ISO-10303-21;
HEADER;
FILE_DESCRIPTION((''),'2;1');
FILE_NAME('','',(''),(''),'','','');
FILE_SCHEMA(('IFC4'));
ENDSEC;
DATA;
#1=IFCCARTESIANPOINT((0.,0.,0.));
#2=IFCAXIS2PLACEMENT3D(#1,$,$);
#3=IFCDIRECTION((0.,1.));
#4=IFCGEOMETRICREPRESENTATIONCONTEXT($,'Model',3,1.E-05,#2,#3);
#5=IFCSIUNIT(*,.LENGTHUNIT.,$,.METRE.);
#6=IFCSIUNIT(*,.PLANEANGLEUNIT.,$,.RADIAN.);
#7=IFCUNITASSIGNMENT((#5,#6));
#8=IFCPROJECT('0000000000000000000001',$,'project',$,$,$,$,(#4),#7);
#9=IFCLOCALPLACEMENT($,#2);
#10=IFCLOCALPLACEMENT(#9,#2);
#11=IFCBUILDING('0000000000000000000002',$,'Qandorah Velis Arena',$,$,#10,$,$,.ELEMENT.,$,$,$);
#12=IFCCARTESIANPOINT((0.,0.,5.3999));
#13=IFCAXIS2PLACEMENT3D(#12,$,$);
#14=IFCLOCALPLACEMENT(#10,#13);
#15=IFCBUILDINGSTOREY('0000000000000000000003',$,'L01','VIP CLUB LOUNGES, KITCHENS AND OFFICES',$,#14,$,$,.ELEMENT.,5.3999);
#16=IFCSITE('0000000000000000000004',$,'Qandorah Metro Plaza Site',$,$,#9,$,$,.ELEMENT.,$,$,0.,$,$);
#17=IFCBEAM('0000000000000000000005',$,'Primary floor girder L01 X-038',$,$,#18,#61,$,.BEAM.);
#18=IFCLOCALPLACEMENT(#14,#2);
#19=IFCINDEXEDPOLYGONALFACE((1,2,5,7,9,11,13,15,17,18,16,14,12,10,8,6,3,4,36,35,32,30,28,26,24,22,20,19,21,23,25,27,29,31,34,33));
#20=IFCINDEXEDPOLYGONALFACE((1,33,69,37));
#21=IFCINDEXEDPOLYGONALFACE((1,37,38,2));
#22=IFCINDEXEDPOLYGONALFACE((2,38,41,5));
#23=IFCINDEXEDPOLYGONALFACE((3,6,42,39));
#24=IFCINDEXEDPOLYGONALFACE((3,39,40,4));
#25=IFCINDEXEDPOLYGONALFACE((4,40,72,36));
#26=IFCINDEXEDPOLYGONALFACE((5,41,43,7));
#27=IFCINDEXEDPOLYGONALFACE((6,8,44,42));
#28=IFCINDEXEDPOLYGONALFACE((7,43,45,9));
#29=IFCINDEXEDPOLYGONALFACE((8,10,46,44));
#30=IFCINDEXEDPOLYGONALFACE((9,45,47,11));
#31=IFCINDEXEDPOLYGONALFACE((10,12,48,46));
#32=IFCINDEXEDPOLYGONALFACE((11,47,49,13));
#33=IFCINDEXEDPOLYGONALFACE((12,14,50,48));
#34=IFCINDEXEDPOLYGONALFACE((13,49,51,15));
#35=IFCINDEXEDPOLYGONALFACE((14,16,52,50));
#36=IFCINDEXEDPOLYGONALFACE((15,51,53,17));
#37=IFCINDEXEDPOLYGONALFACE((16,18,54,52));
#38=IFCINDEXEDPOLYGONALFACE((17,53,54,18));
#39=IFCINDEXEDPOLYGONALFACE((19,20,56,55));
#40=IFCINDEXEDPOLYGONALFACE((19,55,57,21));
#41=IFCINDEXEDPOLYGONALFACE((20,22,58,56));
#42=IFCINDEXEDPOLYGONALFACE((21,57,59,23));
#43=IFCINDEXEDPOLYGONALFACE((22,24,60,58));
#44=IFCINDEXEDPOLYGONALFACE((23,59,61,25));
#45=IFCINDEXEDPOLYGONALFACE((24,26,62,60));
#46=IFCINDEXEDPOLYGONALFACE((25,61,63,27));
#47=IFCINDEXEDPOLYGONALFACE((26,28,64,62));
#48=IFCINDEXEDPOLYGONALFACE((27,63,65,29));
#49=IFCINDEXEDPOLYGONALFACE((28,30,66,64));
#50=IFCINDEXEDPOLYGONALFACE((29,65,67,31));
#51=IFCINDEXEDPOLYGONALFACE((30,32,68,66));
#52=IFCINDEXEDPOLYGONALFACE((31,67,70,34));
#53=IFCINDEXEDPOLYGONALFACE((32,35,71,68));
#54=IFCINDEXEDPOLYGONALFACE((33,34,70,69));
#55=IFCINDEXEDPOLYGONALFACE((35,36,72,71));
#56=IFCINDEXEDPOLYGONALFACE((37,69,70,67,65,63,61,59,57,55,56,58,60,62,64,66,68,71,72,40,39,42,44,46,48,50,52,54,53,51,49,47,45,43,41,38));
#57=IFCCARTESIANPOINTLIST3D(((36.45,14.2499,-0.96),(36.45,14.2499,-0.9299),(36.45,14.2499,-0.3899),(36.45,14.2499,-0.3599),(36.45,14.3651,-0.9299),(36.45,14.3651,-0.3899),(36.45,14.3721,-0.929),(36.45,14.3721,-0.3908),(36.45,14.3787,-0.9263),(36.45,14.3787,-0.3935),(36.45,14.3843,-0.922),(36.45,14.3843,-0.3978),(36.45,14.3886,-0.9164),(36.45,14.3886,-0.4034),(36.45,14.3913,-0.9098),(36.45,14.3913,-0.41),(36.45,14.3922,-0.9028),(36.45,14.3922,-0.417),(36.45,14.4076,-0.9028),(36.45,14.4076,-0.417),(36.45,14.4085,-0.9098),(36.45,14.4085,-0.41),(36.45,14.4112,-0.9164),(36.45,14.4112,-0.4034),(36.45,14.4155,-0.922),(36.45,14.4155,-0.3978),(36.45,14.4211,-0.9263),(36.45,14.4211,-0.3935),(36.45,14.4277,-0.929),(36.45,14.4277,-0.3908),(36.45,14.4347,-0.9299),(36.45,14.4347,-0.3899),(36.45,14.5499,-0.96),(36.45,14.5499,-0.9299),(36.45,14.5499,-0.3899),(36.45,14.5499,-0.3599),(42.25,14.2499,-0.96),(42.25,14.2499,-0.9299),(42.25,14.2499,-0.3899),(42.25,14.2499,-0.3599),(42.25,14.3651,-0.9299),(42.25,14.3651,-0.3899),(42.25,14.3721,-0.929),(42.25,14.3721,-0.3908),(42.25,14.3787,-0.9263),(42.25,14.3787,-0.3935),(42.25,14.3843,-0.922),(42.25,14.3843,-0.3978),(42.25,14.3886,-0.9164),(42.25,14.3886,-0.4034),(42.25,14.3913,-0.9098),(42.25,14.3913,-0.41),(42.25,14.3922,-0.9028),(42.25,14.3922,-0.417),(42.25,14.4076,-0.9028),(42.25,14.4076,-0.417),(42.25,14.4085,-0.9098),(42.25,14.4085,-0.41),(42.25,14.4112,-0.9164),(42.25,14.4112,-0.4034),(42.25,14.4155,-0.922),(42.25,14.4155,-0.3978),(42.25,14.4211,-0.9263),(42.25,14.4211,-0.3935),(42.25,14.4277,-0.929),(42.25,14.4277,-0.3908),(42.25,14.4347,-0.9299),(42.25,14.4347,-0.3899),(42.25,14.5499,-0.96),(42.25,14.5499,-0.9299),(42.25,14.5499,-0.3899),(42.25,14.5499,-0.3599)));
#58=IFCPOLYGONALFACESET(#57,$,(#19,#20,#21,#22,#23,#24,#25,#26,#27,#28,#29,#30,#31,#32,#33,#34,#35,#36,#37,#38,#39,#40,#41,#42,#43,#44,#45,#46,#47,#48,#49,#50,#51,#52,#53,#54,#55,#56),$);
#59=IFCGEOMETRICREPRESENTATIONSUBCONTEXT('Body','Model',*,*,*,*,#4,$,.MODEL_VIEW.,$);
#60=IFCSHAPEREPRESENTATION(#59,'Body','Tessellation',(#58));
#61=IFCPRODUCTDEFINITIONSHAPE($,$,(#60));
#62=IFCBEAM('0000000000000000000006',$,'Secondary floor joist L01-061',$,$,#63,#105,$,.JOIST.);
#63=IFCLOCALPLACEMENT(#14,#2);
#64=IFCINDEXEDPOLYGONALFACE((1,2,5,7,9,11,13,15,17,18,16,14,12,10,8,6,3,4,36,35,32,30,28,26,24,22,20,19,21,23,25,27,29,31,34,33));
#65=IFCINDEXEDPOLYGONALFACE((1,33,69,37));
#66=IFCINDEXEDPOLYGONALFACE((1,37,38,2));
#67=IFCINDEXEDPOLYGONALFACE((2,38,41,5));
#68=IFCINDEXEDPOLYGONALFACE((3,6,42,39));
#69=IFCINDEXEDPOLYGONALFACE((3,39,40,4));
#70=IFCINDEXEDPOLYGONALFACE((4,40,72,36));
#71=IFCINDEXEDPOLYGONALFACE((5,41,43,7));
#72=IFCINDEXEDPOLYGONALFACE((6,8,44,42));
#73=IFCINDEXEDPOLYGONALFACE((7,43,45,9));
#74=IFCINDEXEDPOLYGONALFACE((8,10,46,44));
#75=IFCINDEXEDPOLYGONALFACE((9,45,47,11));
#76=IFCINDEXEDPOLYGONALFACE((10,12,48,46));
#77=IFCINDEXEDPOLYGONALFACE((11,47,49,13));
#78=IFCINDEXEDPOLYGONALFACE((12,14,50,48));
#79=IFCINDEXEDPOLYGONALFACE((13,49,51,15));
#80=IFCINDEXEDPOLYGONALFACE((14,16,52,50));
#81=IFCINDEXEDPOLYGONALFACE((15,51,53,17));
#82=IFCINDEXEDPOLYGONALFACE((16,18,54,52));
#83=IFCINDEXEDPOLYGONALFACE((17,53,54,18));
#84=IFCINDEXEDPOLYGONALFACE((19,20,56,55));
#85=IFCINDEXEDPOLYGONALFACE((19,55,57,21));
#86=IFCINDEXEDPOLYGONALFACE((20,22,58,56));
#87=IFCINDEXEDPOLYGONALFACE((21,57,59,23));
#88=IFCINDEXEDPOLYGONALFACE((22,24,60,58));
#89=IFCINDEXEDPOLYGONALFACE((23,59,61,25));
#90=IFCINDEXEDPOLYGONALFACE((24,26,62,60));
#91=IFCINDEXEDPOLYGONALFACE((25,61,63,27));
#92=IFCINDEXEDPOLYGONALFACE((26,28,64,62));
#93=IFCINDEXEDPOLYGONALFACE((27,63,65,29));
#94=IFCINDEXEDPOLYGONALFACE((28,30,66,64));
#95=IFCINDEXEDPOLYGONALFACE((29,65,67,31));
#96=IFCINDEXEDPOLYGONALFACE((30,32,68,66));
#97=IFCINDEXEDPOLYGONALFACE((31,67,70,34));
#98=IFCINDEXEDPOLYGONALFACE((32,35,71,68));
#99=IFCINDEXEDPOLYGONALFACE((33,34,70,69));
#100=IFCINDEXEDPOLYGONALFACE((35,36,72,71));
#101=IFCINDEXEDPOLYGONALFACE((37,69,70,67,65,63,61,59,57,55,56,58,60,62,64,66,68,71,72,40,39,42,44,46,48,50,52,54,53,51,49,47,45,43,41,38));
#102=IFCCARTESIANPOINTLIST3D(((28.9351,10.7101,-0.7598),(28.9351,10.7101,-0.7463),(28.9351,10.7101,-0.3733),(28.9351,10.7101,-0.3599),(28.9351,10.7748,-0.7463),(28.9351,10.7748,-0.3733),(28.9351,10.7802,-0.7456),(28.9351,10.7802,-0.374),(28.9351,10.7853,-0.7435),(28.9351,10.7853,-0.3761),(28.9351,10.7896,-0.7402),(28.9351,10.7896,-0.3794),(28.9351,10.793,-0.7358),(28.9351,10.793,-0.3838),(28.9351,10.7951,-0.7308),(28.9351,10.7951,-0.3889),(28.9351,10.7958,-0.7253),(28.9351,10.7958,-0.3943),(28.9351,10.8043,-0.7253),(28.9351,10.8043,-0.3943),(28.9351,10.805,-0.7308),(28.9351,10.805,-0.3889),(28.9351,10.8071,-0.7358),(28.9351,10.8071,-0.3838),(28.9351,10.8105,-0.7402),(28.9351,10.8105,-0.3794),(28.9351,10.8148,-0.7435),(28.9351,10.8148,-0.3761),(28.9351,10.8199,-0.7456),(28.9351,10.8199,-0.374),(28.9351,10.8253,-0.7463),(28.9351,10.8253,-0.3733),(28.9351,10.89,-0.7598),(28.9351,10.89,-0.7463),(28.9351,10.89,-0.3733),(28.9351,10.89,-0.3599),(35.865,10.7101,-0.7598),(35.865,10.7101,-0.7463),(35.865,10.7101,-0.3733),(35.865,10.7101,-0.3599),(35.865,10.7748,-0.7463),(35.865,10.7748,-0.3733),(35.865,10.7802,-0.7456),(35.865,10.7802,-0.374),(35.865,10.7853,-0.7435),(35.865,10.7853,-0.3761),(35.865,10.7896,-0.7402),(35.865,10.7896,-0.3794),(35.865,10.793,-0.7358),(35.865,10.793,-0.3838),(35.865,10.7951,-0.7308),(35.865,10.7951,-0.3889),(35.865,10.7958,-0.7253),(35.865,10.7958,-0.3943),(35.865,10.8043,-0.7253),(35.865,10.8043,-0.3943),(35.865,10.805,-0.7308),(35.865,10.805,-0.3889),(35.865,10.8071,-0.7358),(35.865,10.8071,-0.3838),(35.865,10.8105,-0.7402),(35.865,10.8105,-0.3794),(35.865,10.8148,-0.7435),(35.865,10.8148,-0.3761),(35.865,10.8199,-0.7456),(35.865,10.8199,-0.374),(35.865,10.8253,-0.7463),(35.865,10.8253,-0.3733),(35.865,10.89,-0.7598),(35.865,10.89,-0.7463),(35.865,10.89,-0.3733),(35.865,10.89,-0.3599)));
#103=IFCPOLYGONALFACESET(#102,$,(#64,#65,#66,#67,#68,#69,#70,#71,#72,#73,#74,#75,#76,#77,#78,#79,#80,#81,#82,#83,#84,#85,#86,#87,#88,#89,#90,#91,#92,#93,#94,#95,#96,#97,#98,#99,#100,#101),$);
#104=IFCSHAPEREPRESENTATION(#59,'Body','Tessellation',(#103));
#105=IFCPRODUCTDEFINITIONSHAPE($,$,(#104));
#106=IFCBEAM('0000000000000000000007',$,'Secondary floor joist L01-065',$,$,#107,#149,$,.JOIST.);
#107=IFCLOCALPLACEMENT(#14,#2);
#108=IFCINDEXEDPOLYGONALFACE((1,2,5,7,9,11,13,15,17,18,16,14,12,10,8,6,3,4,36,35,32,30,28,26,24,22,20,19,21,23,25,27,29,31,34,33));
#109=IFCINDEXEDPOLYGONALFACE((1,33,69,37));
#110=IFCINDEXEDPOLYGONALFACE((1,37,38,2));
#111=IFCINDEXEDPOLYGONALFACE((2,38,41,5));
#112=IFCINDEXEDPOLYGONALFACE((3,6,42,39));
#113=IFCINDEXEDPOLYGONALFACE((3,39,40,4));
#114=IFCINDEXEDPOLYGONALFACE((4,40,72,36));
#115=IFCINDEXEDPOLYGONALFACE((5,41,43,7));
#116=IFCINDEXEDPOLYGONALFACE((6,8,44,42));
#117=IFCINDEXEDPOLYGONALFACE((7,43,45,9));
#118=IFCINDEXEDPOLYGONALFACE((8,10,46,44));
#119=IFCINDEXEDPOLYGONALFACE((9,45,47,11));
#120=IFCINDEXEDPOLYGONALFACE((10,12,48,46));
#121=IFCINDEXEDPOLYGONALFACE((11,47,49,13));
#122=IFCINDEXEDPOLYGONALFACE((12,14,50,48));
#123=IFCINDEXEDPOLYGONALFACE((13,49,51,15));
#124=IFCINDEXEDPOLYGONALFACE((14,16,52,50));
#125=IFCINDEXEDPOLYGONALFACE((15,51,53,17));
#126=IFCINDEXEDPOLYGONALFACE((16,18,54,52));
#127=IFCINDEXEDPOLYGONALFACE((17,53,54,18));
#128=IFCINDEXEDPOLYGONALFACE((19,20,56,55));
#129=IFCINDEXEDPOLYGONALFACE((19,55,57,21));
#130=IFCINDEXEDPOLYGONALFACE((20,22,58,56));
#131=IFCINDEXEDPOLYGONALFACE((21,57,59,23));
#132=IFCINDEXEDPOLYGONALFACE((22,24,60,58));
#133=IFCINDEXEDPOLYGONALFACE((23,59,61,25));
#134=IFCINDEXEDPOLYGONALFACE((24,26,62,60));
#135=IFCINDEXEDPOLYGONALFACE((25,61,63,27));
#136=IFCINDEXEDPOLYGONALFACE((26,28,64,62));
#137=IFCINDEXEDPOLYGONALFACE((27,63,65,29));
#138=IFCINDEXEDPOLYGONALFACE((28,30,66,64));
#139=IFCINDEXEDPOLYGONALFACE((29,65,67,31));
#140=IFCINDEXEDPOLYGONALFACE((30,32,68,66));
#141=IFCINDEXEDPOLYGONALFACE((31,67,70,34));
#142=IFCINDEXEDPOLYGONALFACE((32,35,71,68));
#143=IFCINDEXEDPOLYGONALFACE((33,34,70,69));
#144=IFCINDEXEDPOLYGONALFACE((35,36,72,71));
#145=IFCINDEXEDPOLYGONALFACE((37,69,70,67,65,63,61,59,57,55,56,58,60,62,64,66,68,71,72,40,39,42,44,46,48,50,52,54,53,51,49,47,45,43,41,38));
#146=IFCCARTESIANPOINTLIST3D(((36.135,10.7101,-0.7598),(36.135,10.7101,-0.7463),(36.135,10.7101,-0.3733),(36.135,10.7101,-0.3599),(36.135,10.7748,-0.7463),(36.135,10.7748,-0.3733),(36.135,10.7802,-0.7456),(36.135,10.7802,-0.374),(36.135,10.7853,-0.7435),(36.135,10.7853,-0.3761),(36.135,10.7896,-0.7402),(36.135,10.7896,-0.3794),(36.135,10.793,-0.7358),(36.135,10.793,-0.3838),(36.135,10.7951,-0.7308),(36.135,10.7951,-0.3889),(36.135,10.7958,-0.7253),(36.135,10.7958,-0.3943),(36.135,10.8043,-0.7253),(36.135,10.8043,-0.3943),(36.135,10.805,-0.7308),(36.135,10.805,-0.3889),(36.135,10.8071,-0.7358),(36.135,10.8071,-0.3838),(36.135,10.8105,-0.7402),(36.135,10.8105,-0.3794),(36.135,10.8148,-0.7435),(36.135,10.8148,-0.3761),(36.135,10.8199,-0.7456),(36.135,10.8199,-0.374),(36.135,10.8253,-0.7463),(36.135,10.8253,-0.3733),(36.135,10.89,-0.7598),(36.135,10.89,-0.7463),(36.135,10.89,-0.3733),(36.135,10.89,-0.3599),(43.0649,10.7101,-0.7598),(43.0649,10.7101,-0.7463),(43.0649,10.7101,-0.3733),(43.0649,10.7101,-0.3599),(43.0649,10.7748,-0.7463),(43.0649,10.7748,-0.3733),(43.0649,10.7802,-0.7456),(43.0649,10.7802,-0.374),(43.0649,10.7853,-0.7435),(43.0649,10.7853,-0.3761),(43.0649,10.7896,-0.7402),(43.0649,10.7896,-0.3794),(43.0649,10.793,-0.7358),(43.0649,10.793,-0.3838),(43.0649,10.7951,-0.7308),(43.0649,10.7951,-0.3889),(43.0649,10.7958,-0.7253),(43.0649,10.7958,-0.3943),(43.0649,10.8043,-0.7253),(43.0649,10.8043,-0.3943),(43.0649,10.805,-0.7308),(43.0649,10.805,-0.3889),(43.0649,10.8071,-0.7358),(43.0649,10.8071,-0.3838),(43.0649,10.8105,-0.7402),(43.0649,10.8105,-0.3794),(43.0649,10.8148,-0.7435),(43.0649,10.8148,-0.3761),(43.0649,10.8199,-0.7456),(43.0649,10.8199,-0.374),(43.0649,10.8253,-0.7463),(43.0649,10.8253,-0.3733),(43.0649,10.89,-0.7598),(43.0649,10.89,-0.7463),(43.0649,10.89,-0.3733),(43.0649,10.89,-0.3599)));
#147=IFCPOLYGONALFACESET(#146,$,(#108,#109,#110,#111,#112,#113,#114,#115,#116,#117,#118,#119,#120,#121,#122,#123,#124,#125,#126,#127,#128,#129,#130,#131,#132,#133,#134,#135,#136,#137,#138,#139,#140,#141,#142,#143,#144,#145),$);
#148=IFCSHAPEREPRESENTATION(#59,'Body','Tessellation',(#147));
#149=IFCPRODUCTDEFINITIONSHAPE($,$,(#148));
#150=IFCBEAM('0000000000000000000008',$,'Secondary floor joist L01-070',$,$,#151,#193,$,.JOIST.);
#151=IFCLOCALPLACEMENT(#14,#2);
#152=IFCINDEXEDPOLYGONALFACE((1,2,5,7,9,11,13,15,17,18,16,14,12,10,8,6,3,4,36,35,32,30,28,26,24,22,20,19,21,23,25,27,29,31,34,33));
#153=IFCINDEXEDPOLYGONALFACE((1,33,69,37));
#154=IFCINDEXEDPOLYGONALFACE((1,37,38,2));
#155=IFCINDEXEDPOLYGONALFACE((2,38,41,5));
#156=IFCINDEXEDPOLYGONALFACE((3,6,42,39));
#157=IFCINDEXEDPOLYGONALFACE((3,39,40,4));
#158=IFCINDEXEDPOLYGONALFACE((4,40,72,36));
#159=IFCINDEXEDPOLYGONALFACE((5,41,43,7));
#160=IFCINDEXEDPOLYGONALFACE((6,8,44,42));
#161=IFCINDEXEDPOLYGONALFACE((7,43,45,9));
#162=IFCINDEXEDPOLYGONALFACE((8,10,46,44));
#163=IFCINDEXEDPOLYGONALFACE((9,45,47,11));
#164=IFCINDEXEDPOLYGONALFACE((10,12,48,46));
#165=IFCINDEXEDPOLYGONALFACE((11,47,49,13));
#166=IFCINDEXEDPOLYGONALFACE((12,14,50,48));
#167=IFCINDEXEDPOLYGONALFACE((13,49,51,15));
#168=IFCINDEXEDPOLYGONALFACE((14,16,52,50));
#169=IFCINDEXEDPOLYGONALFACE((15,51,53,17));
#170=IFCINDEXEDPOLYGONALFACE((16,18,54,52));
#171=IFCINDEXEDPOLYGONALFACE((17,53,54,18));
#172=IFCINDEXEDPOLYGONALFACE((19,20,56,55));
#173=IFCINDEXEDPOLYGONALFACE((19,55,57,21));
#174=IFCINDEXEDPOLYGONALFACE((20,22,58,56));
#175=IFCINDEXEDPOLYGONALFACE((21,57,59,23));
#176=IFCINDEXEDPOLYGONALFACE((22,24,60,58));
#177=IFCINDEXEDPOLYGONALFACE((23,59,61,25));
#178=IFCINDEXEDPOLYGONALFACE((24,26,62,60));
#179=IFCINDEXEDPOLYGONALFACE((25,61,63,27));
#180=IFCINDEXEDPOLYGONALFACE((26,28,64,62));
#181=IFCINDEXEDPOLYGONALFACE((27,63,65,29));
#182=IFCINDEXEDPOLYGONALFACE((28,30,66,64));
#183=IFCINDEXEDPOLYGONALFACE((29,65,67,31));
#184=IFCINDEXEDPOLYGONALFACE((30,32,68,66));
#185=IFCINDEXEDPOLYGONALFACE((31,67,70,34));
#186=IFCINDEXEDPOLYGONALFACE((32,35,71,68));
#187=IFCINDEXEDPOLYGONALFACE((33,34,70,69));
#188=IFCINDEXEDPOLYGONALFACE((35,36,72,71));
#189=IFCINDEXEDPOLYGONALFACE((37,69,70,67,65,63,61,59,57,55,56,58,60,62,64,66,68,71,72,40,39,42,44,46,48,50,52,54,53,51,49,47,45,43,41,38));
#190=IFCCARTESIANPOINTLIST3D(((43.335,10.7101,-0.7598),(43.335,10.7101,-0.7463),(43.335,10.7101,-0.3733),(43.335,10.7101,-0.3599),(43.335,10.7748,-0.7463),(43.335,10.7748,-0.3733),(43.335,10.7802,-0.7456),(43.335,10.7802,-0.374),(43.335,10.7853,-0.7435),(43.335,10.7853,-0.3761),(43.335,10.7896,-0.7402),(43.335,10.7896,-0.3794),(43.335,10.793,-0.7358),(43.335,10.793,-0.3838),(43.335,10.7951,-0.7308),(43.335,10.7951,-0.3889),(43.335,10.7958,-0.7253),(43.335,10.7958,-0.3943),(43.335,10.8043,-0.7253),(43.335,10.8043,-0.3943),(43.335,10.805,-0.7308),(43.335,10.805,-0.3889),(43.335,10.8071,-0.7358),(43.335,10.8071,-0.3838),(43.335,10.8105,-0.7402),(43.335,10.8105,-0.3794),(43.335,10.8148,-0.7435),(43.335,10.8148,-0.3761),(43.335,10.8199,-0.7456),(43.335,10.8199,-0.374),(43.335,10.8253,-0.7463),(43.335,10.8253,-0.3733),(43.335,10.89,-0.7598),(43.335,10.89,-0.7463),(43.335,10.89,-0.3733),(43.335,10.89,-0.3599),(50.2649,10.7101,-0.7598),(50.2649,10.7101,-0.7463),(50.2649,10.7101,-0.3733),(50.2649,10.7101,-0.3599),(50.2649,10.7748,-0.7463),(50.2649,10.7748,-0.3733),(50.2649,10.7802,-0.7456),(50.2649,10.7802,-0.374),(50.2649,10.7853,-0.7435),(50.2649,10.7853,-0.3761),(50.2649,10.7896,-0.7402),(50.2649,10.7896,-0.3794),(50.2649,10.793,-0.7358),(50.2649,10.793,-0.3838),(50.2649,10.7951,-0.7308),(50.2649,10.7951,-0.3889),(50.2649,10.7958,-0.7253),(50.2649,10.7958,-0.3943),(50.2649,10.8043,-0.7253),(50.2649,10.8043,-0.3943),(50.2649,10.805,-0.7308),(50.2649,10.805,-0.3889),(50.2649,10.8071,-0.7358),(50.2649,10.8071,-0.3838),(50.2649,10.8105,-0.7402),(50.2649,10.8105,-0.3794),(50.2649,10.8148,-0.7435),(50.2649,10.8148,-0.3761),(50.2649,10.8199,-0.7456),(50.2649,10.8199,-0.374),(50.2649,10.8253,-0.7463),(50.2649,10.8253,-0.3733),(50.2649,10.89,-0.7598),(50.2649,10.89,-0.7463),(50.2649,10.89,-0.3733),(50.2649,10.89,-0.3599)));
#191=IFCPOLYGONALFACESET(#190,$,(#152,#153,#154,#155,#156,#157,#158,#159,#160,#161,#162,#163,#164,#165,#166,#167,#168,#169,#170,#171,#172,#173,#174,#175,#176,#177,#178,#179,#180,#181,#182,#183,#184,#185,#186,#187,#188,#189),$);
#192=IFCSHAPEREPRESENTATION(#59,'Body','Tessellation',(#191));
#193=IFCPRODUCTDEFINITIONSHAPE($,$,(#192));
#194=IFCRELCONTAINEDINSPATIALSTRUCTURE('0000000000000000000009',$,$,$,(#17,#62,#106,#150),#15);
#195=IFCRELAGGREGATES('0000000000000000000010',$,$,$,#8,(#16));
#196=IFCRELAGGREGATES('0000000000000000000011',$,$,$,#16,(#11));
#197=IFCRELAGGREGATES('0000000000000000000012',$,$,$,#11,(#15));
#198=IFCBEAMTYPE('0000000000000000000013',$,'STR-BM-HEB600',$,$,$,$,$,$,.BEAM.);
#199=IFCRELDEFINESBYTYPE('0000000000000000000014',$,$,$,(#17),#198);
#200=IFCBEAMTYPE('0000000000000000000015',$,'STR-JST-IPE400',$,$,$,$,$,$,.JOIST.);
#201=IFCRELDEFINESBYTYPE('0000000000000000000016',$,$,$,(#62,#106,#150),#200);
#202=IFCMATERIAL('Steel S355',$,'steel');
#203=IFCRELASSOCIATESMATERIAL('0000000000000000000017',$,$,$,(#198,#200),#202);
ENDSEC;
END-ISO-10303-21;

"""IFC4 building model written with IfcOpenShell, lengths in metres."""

from ifc_helpers import new_model, si_unit, direction, frame, origin, origin_2d, place, context, subcontext, project, spatial, i_section, extrude, material, material_profile, profile_set, type_object, element, save


model = new_model("IFC4")

# Units and contexts
model_context = context("Model", 3, precision=1e-05, world=origin(), true_north=direction((0.0, 1.0)))
body_context = subcontext(model_context, "Body", "Model", "MODEL_VIEW")
ifc_project = project(units=[si_unit("LENGTHUNIT", "METRE"), si_unit("PLANEANGLEUNIT", "RADIAN")], contexts=[model_context])

# Site, building, storey
site_placement = place(None, origin())
site = spatial("IfcSite", under=ifc_project, at=site_placement, Name="Qandorah Metro Plaza Site", CompositionType="ELEMENT", RefElevation=0.0)
building_placement = place(site_placement, origin())
building = spatial("IfcBuilding", under=site, at=building_placement, Name="Qandorah Velis Arena", CompositionType="ELEMENT")
storey_placement = place(building_placement, frame((0.0, 0.0, 5.3999)))
storey = spatial("IfcBuildingStorey", under=building, at=storey_placement, Name="L01", Description="VIP CLUB LOUNGES, KITCHENS AND OFFICES", CompositionType="ELEMENT", Elevation=5.3999)

# Beams
ifc_material_1 = material(Name="Steel S355", Category="steel")
ifc_material_profile_1 = material_profile(ifc_material_1, i_section(OverallWidth=0.3, OverallDepth=0.6001, WebThickness=0.0154, FlangeThickness=0.03, FilletRadius=0.0271, at=origin_2d()), Name="HEB 600")
ifc_profile_set_1 = profile_set([ifc_material_profile_1], Name="Steel S355")
beam_type_1 = type_object("IfcBeamType", Name="STR-BM-HEB600", PredefinedType="BEAM", material=ifc_profile_set_1)
beam_1_placement = place(storey_placement, frame((36.45, 14.3999, -0.6599), z_axis=(1.0, 0.0, 0.0), x_axis=(0.0, 1.0, 0.0)))
element("IfcBeam", 1, at=beam_1_placement, inside=storey, type_object=beam_type_1, Name="Primary floor girder L01 X-038", PredefinedType="BEAM", context=body_context, shape_type="SweptSolid", body=[
    extrude(i_section(OverallWidth=0.3, OverallDepth=0.6001, WebThickness=0.0154, FlangeThickness=0.03, FilletRadius=0.0271, at=origin_2d()), origin(), (0.0, 0.0, 1.0), 5.8),
])
ifc_material_profile_2 = material_profile(ifc_material_1, i_section(OverallWidth=0.1799, OverallDepth=0.3999, WebThickness=0.0085, FlangeThickness=0.0134, FilletRadius=0.021, at=origin_2d()), Name="IPE 400")
ifc_profile_set_2 = profile_set([ifc_material_profile_2], Name="Steel S355")
beam_type_2 = type_object("IfcBeamType", Name="STR-JST-IPE400", PredefinedType="JOIST", material=ifc_profile_set_2)
for number, where, z_axis, x_axis, name in (
    (2, (28.9351, 10.8, -0.5598), (1.0, 0.0, 0.0), (0.0, 1.0, 0.0), "Secondary floor joist L01-061"),
    (3, (36.135, 10.8, -0.5598), (1.0, 0.0, 0.0), (0.0, 1.0, 0.0), "Secondary floor joist L01-065"),
    (4, (43.335, 10.8, -0.5598), (1.0, 0.0, 0.0), (0.0, 1.0, 0.0), "Secondary floor joist L01-070"),
):
    element("IfcBeam", number, at=place(storey_placement, frame(where, z_axis=z_axis, x_axis=x_axis)), inside=storey, type_object=beam_type_2, Name=name, PredefinedType="JOIST", context=body_context, shape_type="SweptSolid", body=[
        extrude(i_section(OverallWidth=0.1799, OverallDepth=0.3999, WebThickness=0.0085, FlangeThickness=0.0134, FilletRadius=0.021, at=origin_2d()), origin(), (0.0, 0.0, 1.0), 6.9299),
    ])

save(model, "model.ifc")
